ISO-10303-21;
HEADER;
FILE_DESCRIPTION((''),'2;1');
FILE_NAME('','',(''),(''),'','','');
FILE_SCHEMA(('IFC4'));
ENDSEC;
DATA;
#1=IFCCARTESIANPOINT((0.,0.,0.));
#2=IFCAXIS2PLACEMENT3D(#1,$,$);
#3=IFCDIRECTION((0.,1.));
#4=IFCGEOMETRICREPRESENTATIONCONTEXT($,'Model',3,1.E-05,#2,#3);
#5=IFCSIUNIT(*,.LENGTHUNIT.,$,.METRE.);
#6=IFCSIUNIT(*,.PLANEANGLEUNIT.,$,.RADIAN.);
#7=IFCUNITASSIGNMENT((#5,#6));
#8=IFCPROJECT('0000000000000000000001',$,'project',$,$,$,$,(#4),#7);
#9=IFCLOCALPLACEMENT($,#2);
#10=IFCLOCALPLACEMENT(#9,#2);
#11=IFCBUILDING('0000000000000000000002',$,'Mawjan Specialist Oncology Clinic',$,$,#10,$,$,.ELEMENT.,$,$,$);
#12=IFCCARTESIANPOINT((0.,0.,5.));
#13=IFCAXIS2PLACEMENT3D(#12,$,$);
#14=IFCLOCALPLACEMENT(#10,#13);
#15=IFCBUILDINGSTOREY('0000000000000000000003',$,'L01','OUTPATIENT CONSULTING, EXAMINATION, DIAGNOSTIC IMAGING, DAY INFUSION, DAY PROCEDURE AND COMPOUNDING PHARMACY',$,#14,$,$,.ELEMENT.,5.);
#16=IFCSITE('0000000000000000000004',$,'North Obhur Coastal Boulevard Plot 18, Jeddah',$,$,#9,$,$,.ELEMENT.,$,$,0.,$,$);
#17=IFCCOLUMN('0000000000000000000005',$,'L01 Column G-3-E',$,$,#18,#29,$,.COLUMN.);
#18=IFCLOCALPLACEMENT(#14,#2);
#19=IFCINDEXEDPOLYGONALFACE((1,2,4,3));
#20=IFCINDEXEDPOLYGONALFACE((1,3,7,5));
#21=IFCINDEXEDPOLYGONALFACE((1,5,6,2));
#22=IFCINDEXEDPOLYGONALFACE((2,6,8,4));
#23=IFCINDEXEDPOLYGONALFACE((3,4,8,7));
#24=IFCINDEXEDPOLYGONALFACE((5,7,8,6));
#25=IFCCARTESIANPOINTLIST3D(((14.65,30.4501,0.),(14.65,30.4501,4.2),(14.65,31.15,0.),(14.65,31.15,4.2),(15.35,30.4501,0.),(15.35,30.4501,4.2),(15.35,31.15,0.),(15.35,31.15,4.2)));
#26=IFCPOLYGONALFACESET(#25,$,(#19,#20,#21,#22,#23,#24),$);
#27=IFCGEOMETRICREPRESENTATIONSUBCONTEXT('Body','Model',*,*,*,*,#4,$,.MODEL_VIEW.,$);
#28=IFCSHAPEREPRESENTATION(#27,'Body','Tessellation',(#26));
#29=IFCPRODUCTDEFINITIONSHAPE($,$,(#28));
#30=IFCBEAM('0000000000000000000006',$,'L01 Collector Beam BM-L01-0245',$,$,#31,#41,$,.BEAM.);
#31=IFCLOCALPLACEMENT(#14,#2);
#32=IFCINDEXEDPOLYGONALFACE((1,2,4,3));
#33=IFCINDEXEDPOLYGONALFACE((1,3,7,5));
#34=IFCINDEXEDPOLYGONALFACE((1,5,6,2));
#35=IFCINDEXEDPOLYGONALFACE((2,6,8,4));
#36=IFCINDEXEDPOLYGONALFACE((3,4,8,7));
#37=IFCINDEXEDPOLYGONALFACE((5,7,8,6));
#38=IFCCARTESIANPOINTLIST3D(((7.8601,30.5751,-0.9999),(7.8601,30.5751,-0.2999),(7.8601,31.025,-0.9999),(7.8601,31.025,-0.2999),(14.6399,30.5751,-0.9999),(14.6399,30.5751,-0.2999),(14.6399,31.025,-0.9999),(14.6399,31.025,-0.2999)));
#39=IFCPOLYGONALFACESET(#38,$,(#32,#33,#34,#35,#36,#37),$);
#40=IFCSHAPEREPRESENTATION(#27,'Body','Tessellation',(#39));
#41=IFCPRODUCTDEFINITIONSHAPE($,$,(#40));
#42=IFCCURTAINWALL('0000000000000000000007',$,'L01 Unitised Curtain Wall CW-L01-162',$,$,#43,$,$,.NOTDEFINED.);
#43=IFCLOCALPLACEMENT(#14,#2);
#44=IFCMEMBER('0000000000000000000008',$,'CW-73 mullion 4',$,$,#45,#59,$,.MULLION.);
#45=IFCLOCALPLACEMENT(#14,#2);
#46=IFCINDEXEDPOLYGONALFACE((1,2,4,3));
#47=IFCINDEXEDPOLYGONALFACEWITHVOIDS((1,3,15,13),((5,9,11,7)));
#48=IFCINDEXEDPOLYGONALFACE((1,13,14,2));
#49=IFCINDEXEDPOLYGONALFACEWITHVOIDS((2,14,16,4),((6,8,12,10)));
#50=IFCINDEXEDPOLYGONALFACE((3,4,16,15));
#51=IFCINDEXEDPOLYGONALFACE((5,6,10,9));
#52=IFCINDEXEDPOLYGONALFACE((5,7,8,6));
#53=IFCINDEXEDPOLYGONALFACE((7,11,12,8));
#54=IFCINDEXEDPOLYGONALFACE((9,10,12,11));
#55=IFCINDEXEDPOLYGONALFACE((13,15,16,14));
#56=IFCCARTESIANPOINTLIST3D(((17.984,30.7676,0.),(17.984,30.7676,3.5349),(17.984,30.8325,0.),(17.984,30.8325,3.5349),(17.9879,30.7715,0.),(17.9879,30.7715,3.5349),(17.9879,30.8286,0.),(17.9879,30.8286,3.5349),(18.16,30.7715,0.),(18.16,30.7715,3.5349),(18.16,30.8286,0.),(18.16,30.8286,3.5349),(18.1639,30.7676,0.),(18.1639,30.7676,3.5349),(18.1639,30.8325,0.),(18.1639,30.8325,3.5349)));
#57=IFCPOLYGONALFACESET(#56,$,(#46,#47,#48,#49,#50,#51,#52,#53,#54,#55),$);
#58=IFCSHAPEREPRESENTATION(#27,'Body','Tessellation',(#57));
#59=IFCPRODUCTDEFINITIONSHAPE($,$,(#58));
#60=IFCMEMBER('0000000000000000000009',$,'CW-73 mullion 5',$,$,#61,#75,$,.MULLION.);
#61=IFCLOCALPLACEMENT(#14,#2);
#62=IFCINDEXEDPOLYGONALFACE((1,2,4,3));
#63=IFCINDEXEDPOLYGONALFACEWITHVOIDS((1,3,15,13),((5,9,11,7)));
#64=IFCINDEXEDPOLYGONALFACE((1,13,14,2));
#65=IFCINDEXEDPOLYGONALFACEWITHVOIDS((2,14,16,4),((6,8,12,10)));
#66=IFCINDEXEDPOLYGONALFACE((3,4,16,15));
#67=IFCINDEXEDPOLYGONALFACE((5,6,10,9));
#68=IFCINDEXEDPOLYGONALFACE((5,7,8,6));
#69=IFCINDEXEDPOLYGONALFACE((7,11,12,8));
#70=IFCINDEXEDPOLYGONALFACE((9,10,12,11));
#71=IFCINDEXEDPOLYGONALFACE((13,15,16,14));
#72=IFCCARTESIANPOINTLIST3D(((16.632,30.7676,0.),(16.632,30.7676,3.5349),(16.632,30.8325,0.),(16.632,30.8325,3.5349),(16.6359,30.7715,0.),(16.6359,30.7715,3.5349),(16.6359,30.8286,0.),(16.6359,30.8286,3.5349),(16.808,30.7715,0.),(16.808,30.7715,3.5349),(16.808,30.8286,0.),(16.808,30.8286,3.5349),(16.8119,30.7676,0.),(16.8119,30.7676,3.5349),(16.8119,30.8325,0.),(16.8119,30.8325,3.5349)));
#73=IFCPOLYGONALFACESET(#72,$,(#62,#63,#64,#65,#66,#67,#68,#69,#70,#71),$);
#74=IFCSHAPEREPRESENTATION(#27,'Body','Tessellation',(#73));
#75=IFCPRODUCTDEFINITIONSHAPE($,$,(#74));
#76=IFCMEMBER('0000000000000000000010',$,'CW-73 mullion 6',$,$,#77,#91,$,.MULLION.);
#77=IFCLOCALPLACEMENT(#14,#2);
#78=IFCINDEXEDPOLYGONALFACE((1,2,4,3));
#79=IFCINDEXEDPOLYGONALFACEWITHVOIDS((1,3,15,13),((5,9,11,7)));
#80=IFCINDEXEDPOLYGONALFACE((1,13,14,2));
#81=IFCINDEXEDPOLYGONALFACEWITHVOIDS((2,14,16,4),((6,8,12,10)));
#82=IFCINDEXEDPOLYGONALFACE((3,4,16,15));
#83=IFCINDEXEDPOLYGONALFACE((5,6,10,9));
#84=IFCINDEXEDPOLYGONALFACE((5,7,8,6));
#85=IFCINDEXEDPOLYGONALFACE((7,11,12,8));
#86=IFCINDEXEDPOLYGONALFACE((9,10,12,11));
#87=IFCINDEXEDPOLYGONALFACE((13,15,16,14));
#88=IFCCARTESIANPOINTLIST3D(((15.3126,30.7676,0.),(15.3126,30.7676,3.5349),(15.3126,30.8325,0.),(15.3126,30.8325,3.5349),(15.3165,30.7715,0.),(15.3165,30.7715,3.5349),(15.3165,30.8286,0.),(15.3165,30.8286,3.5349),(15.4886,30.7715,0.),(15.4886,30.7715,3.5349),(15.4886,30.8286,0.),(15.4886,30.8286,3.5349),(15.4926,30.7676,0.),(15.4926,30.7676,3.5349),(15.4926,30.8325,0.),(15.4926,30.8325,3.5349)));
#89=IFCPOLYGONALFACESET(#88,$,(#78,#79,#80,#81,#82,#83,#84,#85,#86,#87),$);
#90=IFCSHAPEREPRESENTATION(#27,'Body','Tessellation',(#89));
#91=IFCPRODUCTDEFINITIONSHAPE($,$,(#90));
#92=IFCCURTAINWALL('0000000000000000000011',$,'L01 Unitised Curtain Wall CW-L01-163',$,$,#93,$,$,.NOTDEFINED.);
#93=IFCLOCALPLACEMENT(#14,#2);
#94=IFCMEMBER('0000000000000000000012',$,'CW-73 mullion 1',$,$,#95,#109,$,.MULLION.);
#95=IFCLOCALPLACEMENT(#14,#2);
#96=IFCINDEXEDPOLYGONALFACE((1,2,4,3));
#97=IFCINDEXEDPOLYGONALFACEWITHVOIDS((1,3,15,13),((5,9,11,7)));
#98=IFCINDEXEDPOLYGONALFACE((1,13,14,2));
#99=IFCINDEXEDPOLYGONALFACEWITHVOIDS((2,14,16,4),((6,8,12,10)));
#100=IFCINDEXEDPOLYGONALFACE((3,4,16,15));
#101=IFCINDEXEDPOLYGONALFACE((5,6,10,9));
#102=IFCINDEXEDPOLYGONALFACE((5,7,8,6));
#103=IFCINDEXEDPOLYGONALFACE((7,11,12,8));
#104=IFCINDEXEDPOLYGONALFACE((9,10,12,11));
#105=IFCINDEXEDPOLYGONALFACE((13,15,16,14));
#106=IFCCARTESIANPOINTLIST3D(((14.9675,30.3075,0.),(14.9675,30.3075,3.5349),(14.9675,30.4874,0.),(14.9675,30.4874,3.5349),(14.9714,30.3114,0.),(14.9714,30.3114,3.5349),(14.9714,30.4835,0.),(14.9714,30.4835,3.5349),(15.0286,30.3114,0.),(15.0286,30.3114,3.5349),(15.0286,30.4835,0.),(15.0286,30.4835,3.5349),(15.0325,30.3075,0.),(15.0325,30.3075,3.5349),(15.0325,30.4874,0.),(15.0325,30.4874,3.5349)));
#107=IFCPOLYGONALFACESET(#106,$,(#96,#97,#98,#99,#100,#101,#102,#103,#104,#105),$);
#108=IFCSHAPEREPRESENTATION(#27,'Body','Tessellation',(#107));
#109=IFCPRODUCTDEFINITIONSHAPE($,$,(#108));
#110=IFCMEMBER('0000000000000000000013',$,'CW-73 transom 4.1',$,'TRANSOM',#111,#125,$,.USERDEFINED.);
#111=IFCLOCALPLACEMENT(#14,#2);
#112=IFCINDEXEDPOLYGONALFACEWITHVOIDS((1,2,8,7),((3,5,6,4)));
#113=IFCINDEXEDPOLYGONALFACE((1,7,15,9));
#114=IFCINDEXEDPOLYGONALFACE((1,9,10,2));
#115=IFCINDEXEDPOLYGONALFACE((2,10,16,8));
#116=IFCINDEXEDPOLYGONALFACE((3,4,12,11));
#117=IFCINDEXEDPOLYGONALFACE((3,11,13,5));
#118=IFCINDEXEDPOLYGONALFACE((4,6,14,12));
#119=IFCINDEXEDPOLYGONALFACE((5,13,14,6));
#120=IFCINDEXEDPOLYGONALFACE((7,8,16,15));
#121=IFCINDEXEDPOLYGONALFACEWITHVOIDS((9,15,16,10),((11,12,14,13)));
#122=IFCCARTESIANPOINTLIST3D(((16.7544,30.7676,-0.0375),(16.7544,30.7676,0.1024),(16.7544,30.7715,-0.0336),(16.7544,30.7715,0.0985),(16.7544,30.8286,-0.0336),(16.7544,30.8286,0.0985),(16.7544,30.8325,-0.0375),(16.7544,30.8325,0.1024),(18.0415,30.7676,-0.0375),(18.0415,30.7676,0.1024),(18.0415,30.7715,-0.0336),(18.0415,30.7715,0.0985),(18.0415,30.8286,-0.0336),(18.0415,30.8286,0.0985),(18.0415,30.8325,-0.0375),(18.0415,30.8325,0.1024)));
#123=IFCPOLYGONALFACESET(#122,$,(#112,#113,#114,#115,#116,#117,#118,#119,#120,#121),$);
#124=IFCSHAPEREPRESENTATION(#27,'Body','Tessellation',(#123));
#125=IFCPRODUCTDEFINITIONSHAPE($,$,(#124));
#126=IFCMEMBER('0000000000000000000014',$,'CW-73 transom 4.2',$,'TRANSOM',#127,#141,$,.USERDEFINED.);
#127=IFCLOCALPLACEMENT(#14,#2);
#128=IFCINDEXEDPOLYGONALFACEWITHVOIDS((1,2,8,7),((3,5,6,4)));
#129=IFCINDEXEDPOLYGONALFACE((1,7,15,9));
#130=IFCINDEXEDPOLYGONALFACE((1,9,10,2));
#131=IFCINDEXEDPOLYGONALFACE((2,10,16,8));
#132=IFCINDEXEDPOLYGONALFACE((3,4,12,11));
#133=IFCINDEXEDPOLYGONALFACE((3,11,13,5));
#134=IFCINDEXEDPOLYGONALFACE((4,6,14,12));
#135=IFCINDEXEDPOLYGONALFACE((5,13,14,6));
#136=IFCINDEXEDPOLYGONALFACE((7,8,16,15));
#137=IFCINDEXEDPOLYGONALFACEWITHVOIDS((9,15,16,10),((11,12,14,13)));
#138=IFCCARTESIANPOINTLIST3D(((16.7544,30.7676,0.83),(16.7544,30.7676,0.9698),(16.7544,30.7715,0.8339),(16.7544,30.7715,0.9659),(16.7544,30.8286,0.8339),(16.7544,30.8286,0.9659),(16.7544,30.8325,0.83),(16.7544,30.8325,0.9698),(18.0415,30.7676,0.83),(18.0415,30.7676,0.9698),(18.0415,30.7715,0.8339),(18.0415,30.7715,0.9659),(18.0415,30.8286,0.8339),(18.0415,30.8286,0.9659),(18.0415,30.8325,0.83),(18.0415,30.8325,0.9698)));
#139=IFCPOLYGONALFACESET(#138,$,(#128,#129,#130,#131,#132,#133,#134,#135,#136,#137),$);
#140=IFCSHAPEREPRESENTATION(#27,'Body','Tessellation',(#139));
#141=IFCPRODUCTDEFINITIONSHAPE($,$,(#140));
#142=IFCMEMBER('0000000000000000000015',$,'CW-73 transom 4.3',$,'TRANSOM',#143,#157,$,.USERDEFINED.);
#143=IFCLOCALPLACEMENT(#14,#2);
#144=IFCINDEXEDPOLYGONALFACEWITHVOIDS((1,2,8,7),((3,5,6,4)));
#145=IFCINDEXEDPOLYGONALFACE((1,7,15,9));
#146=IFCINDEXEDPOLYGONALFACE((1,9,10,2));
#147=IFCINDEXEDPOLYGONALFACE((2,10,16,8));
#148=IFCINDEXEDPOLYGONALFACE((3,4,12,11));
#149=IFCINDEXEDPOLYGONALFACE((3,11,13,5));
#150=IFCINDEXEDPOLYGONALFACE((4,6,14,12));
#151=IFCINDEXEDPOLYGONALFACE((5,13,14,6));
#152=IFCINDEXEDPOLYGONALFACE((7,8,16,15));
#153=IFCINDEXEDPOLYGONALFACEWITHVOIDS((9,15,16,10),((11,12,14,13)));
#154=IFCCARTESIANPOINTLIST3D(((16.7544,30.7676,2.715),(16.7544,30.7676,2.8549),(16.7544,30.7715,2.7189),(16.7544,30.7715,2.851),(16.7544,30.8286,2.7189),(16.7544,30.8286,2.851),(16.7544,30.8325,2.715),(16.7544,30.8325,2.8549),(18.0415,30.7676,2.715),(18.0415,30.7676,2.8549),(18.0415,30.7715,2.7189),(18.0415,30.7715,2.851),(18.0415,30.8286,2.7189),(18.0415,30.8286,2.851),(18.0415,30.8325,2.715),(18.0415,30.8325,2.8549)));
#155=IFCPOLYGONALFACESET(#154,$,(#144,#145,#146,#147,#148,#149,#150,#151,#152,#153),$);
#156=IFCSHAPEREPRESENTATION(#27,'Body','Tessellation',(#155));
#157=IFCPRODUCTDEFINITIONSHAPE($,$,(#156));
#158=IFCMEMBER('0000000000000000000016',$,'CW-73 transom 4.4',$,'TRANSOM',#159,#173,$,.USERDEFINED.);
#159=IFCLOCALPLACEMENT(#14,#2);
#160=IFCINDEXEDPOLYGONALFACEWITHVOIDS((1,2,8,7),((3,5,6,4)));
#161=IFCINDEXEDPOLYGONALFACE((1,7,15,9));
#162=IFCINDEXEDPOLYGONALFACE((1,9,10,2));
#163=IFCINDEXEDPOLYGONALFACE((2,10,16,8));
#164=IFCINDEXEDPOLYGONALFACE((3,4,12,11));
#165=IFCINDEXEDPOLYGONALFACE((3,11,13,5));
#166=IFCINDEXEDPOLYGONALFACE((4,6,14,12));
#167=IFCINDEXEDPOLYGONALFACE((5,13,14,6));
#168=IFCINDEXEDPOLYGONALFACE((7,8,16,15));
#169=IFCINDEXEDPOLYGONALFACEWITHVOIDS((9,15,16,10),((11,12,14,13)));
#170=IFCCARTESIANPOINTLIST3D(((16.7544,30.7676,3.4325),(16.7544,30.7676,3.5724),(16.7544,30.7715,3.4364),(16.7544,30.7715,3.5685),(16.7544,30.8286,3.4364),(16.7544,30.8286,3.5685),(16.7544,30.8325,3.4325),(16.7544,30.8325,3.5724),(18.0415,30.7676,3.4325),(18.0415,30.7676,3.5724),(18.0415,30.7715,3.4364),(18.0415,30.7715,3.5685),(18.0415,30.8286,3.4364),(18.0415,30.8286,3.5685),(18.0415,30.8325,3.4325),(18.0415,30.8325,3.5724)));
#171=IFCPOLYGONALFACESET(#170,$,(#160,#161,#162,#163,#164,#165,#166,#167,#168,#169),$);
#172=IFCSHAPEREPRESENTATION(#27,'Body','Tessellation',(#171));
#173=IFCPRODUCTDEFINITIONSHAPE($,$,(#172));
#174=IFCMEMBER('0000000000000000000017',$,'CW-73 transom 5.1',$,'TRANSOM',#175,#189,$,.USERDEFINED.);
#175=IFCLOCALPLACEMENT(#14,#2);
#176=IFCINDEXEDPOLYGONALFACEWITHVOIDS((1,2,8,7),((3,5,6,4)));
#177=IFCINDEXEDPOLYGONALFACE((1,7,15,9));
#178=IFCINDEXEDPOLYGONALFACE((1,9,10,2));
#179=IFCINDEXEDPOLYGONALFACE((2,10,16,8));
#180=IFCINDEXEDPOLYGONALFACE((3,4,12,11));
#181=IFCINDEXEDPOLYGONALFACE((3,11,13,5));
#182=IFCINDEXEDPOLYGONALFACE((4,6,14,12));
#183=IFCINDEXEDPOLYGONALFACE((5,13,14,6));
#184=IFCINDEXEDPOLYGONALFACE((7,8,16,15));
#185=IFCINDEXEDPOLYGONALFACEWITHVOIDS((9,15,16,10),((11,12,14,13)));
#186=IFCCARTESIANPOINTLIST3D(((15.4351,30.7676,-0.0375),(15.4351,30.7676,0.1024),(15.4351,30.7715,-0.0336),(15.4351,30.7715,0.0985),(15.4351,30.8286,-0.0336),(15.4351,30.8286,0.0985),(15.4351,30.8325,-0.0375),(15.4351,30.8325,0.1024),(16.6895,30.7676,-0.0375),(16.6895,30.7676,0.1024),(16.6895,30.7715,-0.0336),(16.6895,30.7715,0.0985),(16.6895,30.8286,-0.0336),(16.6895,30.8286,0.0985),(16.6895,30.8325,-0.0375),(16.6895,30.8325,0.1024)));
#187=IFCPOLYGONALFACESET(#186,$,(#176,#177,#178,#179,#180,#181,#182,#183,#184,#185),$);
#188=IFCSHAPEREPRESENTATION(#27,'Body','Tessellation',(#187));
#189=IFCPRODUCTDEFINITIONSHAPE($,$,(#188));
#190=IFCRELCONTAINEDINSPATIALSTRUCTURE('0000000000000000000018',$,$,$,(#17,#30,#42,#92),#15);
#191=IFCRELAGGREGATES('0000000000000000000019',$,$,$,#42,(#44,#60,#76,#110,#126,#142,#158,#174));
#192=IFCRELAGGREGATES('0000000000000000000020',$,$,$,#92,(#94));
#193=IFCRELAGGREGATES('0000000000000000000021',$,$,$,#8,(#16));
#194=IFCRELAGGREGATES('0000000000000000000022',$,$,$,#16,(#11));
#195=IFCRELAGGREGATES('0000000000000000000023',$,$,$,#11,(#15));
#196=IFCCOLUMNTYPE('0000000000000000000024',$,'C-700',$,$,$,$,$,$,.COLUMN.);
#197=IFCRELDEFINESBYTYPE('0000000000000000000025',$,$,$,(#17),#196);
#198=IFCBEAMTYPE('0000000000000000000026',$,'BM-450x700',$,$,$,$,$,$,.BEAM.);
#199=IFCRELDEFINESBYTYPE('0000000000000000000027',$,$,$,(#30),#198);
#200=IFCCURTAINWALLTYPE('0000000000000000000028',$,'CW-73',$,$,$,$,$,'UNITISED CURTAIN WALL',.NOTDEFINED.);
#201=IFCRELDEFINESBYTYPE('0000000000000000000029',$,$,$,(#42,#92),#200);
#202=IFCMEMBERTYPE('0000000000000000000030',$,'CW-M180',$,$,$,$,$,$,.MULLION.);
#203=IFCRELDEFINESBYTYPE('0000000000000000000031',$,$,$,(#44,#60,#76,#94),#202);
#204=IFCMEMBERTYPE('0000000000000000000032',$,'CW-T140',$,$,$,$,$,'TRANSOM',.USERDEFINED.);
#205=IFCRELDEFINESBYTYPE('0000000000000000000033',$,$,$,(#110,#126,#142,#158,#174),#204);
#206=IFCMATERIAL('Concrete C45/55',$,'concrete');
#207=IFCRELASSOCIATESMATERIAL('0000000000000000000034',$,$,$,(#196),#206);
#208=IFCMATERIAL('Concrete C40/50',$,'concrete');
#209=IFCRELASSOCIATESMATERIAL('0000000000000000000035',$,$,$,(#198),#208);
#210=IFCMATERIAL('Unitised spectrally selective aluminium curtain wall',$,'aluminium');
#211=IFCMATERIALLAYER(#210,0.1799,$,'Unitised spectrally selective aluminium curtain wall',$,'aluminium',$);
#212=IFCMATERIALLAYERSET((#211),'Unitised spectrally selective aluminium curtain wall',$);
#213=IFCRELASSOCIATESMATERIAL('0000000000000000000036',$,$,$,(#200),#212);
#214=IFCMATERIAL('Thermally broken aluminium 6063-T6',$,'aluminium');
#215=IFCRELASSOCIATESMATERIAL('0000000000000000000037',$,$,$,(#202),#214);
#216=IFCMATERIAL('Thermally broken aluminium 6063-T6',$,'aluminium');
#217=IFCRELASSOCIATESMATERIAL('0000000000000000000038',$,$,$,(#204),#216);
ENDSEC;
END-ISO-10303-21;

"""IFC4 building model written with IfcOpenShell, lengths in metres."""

from ifc_helpers import new_model, si_unit, direction, frame, origin, origin_2d, place, context, subcontext, project, spatial, rectangle, hollow_rectangle, extrude, material, layer, layer_set, material_profile, profile_set, type_object, element, aggregate, save


model = new_model("IFC4")

# Units and contexts
model_context = context("Model", 3, precision=1e-05, world=origin(), true_north=direction((0.0, 1.0)))
body_context = subcontext(model_context, "Body", "Model", "MODEL_VIEW")
ifc_project = project(units=[si_unit("LENGTHUNIT", "METRE"), si_unit("PLANEANGLEUNIT", "RADIAN")], contexts=[model_context])

# Site, building, storey
site_placement = place(None, origin())
site = spatial("IfcSite", under=ifc_project, at=site_placement, Name="North Obhur Coastal Boulevard Plot 18, Jeddah", CompositionType="ELEMENT", RefElevation=0.0)
building_placement = place(site_placement, origin())
building = spatial("IfcBuilding", under=site, at=building_placement, Name="Mawjan Specialist Oncology Clinic", CompositionType="ELEMENT")
storey_placement = place(building_placement, frame((0.0, 0.0, 5.0)))
storey = spatial("IfcBuildingStorey", under=building, at=storey_placement, Name="L01", Description="OUTPATIENT CONSULTING, EXAMINATION, DIAGNOSTIC IMAGING, DAY INFUSION, DAY PROCEDURE AND COMPOUNDING PHARMACY", CompositionType="ELEMENT", Elevation=5.0)

# Column
ifc_material_1 = material(Name="Concrete C45/55", Category="concrete")
ifc_material_profile_1 = material_profile(ifc_material_1, rectangle(XDim=0.7, YDim=0.7, at=origin_2d()), Name="RC COL 700x700", Category="concrete")
ifc_profile_set_1 = profile_set([ifc_material_profile_1], Name="Concrete C45/55")
column_type = type_object("IfcColumnType", Name="C-700", PredefinedType="COLUMN", material=ifc_profile_set_1)
column_placement = place(storey_placement, frame((15.0, 30.8, 0.0), z_axis=(0.0, 0.0, 1.0), x_axis=(1.0, 0.0, 0.0)))
element("IfcColumn", 1, at=column_placement, inside=storey, type_object=column_type, Name="L01 Column G-3-E", PredefinedType="COLUMN", context=body_context, shape_type="SweptSolid", body=[
    extrude(rectangle(XDim=0.7, YDim=0.7, at=origin_2d()), origin(), (0.0, 0.0, 1.0), 4.2),
])

# Beam
ifc_material_2 = material(Name="Concrete C40/50", Category="concrete")
ifc_material_profile_2 = material_profile(ifc_material_2, rectangle(XDim=0.45, YDim=0.7, at=origin_2d()), Name="RC BM 450x700", Category="concrete")
ifc_profile_set_2 = profile_set([ifc_material_profile_2], Name="Concrete C40/50")
beam_type_1 = type_object("IfcBeamType", Name="BM-450x700", PredefinedType="BEAM", material=ifc_profile_set_2)
beam_1_placement = place(storey_placement, frame((7.8601, 30.8, -0.6499), z_axis=(1.0, 0.0, 0.0), x_axis=(0.0, 1.0, 0.0)))
element("IfcBeam", 2, at=beam_1_placement, inside=storey, type_object=beam_type_1, Name="L01 Collector Beam BM-L01-0245", PredefinedType="BEAM", context=body_context, shape_type="SweptSolid", body=[
    extrude(rectangle(XDim=0.45, YDim=0.7, at=origin_2d()), origin(), (0.0, 0.0, 1.0), 6.7798),
])

# Curtain wall, members
ifc_material_3 = material(Name="Unitised spectrally selective aluminium curtain wall", Category="aluminium")
ifc_layer_1 = layer(ifc_material_3, 0.1799, Name="Unitised spectrally selective aluminium curtain wall", Category="aluminium")
ifc_layer_set_1 = layer_set([ifc_layer_1], Name="Unitised spectrally selective aluminium curtain wall")
curtain_wall_type = type_object("IfcCurtainWallType", Name="CW-73", ElementType="UNITISED CURTAIN WALL", PredefinedType="NOTDEFINED", material=ifc_layer_set_1)
curtain_wall_1_placement = place(storey_placement, origin())
curtain_wall_1 = element("IfcCurtainWall", 3, at=curtain_wall_1_placement, inside=storey, type_object=curtain_wall_type, Name="L01 Unitised Curtain Wall CW-L01-162", PredefinedType="NOTDEFINED")
ifc_material_4 = material(Name="Thermally broken aluminium 6063-T6", Category="aluminium")
ifc_material_profile_3 = material_profile(ifc_material_4, hollow_rectangle(XDim=0.0649, YDim=0.1799, WallThickness=0.0039, at=origin_2d()), Name="ALU MULLION 180x65x4", Category="aluminium")
ifc_profile_set_3 = profile_set([ifc_material_profile_3], Name="Thermally broken aluminium 6063-T6")
member_type_1 = type_object("IfcMemberType", Name="CW-M180", PredefinedType="MULLION", material=ifc_profile_set_3)
member_1_placement = place(storey_placement, frame((18.074, 30.8, 0.0), z_axis=(0.0, 0.0, 1.0), x_axis=(0.0, -1.0, 0.0)))
member_1 = element("IfcMember", 4, at=member_1_placement, type_object=member_type_1, Name="CW-73 mullion 4", PredefinedType="MULLION", context=body_context, shape_type="SweptSolid", body=[
    extrude(hollow_rectangle(XDim=0.0649, YDim=0.1799, WallThickness=0.0039, at=origin_2d()), origin(), (0.0, 0.0, 1.0), 3.5349),
])
member_2_placement = place(storey_placement, frame((16.7219, 30.8, 0.0), z_axis=(0.0, 0.0, 1.0), x_axis=(0.0, -1.0, 0.0)))
member_2 = element("IfcMember", 5, at=member_2_placement, type_object=member_type_1, Name="CW-73 mullion 5", PredefinedType="MULLION", context=body_context, shape_type="SweptSolid", body=[
    extrude(hollow_rectangle(XDim=0.0649, YDim=0.1799, WallThickness=0.0039, at=origin_2d()), origin(), (0.0, 0.0, 1.0), 3.5349),
])
member_3_placement = place(storey_placement, frame((15.4026, 30.8, 0.0), z_axis=(0.0, 0.0, 1.0), x_axis=(0.0, -1.0, 0.0)))
member_3 = element("IfcMember", 6, at=member_3_placement, type_object=member_type_1, Name="CW-73 mullion 6", PredefinedType="MULLION", context=body_context, shape_type="SweptSolid", body=[
    extrude(hollow_rectangle(XDim=0.0649, YDim=0.1799, WallThickness=0.0039, at=origin_2d()), origin(), (0.0, 0.0, 1.0), 3.5349),
])

# Curtain wall, member
curtain_wall_2_placement = place(storey_placement, origin())
curtain_wall_2 = element("IfcCurtainWall", 7, at=curtain_wall_2_placement, inside=storey, type_object=curtain_wall_type, Name="L01 Unitised Curtain Wall CW-L01-163", PredefinedType="NOTDEFINED")
member_4_placement = place(storey_placement, frame((15.0, 30.3975, 0.0), z_axis=(0.0, 0.0, 1.0), x_axis=(1.0, 0.0, 0.0)))
member_4 = element("IfcMember", 8, at=member_4_placement, type_object=member_type_1, Name="CW-73 mullion 1", PredefinedType="MULLION", context=body_context, shape_type="SweptSolid", body=[
    extrude(hollow_rectangle(XDim=0.0649, YDim=0.1799, WallThickness=0.0039, at=origin_2d()), origin(), (0.0, 0.0, 1.0), 3.5349),
])

# Members
ifc_material_5 = material(Name="Thermally broken aluminium 6063-T6", Category="aluminium")
ifc_material_profile_4 = material_profile(ifc_material_5, hollow_rectangle(XDim=0.0649, YDim=0.1399, WallThickness=0.0039, at=origin_2d()), Name="ALU TRANSOM 140x65x4", Category="aluminium")
ifc_profile_set_4 = profile_set([ifc_material_profile_4], Name="Thermally broken aluminium 6063-T6")
member_type_2 = type_object("IfcMemberType", Name="CW-T140", ElementType="TRANSOM", PredefinedType="USERDEFINED", material=ifc_profile_set_4)
member_5_placement = place(storey_placement, frame((18.0415, 30.8, 0.0325), z_axis=(-1.0, 0.0, 0.0), x_axis=(0.0, -1.0, 0.0)))
member_5 = element("IfcMember", 9, at=member_5_placement, type_object=member_type_2, Name="CW-73 transom 4.1", ObjectType="TRANSOM", PredefinedType="USERDEFINED", context=body_context, shape_type="SweptSolid", body=[
    extrude(hollow_rectangle(XDim=0.0649, YDim=0.1399, WallThickness=0.0039, at=origin_2d()), origin(), (0.0, 0.0, 1.0), 1.2871),
])
member_6_placement = place(storey_placement, frame((18.0415, 30.8, 0.8999), z_axis=(-1.0, 0.0, 0.0), x_axis=(0.0, -1.0, 0.0)))
member_6 = element("IfcMember", 10, at=member_6_placement, type_object=member_type_2, Name="CW-73 transom 4.2", ObjectType="TRANSOM", PredefinedType="USERDEFINED", context=body_context, shape_type="SweptSolid", body=[
    extrude(hollow_rectangle(XDim=0.0649, YDim=0.1399, WallThickness=0.0039, at=origin_2d()), origin(), (0.0, 0.0, 1.0), 1.2871),
])
member_7_placement = place(storey_placement, frame((18.0415, 30.8, 2.7849), z_axis=(-1.0, 0.0, 0.0), x_axis=(0.0, -1.0, 0.0)))
member_7 = element("IfcMember", 11, at=member_7_placement, type_object=member_type_2, Name="CW-73 transom 4.3", ObjectType="TRANSOM", PredefinedType="USERDEFINED", context=body_context, shape_type="SweptSolid", body=[
    extrude(hollow_rectangle(XDim=0.0649, YDim=0.1399, WallThickness=0.0039, at=origin_2d()), origin(), (0.0, 0.0, 1.0), 1.2871),
])
member_8_placement = place(storey_placement, frame((18.0415, 30.8, 3.5024), z_axis=(-1.0, 0.0, 0.0), x_axis=(0.0, -1.0, 0.0)))
member_8 = element("IfcMember", 12, at=member_8_placement, type_object=member_type_2, Name="CW-73 transom 4.4", ObjectType="TRANSOM", PredefinedType="USERDEFINED", context=body_context, shape_type="SweptSolid", body=[
    extrude(hollow_rectangle(XDim=0.0649, YDim=0.1399, WallThickness=0.0039, at=origin_2d()), origin(), (0.0, 0.0, 1.0), 1.2871),
])
member_9_placement = place(storey_placement, frame((16.6895, 30.8, 0.0325), z_axis=(-1.0, 0.0, 0.0), x_axis=(0.0, -1.0, 0.0)))
member_9 = element("IfcMember", 13, at=member_9_placement, type_object=member_type_2, Name="CW-73 transom 5.1", ObjectType="TRANSOM", PredefinedType="USERDEFINED", context=body_context, shape_type="SweptSolid", body=[
    extrude(hollow_rectangle(XDim=0.0649, YDim=0.1399, WallThickness=0.0039, at=origin_2d()), origin(), (0.0, 0.0, 1.0), 1.2544),
])

aggregate(curtain_wall_1, [member_1, member_2, member_3, member_5, member_6, member_7, member_8, member_9])
aggregate(curtain_wall_2, [member_4])

save(model, "model.ifc")
